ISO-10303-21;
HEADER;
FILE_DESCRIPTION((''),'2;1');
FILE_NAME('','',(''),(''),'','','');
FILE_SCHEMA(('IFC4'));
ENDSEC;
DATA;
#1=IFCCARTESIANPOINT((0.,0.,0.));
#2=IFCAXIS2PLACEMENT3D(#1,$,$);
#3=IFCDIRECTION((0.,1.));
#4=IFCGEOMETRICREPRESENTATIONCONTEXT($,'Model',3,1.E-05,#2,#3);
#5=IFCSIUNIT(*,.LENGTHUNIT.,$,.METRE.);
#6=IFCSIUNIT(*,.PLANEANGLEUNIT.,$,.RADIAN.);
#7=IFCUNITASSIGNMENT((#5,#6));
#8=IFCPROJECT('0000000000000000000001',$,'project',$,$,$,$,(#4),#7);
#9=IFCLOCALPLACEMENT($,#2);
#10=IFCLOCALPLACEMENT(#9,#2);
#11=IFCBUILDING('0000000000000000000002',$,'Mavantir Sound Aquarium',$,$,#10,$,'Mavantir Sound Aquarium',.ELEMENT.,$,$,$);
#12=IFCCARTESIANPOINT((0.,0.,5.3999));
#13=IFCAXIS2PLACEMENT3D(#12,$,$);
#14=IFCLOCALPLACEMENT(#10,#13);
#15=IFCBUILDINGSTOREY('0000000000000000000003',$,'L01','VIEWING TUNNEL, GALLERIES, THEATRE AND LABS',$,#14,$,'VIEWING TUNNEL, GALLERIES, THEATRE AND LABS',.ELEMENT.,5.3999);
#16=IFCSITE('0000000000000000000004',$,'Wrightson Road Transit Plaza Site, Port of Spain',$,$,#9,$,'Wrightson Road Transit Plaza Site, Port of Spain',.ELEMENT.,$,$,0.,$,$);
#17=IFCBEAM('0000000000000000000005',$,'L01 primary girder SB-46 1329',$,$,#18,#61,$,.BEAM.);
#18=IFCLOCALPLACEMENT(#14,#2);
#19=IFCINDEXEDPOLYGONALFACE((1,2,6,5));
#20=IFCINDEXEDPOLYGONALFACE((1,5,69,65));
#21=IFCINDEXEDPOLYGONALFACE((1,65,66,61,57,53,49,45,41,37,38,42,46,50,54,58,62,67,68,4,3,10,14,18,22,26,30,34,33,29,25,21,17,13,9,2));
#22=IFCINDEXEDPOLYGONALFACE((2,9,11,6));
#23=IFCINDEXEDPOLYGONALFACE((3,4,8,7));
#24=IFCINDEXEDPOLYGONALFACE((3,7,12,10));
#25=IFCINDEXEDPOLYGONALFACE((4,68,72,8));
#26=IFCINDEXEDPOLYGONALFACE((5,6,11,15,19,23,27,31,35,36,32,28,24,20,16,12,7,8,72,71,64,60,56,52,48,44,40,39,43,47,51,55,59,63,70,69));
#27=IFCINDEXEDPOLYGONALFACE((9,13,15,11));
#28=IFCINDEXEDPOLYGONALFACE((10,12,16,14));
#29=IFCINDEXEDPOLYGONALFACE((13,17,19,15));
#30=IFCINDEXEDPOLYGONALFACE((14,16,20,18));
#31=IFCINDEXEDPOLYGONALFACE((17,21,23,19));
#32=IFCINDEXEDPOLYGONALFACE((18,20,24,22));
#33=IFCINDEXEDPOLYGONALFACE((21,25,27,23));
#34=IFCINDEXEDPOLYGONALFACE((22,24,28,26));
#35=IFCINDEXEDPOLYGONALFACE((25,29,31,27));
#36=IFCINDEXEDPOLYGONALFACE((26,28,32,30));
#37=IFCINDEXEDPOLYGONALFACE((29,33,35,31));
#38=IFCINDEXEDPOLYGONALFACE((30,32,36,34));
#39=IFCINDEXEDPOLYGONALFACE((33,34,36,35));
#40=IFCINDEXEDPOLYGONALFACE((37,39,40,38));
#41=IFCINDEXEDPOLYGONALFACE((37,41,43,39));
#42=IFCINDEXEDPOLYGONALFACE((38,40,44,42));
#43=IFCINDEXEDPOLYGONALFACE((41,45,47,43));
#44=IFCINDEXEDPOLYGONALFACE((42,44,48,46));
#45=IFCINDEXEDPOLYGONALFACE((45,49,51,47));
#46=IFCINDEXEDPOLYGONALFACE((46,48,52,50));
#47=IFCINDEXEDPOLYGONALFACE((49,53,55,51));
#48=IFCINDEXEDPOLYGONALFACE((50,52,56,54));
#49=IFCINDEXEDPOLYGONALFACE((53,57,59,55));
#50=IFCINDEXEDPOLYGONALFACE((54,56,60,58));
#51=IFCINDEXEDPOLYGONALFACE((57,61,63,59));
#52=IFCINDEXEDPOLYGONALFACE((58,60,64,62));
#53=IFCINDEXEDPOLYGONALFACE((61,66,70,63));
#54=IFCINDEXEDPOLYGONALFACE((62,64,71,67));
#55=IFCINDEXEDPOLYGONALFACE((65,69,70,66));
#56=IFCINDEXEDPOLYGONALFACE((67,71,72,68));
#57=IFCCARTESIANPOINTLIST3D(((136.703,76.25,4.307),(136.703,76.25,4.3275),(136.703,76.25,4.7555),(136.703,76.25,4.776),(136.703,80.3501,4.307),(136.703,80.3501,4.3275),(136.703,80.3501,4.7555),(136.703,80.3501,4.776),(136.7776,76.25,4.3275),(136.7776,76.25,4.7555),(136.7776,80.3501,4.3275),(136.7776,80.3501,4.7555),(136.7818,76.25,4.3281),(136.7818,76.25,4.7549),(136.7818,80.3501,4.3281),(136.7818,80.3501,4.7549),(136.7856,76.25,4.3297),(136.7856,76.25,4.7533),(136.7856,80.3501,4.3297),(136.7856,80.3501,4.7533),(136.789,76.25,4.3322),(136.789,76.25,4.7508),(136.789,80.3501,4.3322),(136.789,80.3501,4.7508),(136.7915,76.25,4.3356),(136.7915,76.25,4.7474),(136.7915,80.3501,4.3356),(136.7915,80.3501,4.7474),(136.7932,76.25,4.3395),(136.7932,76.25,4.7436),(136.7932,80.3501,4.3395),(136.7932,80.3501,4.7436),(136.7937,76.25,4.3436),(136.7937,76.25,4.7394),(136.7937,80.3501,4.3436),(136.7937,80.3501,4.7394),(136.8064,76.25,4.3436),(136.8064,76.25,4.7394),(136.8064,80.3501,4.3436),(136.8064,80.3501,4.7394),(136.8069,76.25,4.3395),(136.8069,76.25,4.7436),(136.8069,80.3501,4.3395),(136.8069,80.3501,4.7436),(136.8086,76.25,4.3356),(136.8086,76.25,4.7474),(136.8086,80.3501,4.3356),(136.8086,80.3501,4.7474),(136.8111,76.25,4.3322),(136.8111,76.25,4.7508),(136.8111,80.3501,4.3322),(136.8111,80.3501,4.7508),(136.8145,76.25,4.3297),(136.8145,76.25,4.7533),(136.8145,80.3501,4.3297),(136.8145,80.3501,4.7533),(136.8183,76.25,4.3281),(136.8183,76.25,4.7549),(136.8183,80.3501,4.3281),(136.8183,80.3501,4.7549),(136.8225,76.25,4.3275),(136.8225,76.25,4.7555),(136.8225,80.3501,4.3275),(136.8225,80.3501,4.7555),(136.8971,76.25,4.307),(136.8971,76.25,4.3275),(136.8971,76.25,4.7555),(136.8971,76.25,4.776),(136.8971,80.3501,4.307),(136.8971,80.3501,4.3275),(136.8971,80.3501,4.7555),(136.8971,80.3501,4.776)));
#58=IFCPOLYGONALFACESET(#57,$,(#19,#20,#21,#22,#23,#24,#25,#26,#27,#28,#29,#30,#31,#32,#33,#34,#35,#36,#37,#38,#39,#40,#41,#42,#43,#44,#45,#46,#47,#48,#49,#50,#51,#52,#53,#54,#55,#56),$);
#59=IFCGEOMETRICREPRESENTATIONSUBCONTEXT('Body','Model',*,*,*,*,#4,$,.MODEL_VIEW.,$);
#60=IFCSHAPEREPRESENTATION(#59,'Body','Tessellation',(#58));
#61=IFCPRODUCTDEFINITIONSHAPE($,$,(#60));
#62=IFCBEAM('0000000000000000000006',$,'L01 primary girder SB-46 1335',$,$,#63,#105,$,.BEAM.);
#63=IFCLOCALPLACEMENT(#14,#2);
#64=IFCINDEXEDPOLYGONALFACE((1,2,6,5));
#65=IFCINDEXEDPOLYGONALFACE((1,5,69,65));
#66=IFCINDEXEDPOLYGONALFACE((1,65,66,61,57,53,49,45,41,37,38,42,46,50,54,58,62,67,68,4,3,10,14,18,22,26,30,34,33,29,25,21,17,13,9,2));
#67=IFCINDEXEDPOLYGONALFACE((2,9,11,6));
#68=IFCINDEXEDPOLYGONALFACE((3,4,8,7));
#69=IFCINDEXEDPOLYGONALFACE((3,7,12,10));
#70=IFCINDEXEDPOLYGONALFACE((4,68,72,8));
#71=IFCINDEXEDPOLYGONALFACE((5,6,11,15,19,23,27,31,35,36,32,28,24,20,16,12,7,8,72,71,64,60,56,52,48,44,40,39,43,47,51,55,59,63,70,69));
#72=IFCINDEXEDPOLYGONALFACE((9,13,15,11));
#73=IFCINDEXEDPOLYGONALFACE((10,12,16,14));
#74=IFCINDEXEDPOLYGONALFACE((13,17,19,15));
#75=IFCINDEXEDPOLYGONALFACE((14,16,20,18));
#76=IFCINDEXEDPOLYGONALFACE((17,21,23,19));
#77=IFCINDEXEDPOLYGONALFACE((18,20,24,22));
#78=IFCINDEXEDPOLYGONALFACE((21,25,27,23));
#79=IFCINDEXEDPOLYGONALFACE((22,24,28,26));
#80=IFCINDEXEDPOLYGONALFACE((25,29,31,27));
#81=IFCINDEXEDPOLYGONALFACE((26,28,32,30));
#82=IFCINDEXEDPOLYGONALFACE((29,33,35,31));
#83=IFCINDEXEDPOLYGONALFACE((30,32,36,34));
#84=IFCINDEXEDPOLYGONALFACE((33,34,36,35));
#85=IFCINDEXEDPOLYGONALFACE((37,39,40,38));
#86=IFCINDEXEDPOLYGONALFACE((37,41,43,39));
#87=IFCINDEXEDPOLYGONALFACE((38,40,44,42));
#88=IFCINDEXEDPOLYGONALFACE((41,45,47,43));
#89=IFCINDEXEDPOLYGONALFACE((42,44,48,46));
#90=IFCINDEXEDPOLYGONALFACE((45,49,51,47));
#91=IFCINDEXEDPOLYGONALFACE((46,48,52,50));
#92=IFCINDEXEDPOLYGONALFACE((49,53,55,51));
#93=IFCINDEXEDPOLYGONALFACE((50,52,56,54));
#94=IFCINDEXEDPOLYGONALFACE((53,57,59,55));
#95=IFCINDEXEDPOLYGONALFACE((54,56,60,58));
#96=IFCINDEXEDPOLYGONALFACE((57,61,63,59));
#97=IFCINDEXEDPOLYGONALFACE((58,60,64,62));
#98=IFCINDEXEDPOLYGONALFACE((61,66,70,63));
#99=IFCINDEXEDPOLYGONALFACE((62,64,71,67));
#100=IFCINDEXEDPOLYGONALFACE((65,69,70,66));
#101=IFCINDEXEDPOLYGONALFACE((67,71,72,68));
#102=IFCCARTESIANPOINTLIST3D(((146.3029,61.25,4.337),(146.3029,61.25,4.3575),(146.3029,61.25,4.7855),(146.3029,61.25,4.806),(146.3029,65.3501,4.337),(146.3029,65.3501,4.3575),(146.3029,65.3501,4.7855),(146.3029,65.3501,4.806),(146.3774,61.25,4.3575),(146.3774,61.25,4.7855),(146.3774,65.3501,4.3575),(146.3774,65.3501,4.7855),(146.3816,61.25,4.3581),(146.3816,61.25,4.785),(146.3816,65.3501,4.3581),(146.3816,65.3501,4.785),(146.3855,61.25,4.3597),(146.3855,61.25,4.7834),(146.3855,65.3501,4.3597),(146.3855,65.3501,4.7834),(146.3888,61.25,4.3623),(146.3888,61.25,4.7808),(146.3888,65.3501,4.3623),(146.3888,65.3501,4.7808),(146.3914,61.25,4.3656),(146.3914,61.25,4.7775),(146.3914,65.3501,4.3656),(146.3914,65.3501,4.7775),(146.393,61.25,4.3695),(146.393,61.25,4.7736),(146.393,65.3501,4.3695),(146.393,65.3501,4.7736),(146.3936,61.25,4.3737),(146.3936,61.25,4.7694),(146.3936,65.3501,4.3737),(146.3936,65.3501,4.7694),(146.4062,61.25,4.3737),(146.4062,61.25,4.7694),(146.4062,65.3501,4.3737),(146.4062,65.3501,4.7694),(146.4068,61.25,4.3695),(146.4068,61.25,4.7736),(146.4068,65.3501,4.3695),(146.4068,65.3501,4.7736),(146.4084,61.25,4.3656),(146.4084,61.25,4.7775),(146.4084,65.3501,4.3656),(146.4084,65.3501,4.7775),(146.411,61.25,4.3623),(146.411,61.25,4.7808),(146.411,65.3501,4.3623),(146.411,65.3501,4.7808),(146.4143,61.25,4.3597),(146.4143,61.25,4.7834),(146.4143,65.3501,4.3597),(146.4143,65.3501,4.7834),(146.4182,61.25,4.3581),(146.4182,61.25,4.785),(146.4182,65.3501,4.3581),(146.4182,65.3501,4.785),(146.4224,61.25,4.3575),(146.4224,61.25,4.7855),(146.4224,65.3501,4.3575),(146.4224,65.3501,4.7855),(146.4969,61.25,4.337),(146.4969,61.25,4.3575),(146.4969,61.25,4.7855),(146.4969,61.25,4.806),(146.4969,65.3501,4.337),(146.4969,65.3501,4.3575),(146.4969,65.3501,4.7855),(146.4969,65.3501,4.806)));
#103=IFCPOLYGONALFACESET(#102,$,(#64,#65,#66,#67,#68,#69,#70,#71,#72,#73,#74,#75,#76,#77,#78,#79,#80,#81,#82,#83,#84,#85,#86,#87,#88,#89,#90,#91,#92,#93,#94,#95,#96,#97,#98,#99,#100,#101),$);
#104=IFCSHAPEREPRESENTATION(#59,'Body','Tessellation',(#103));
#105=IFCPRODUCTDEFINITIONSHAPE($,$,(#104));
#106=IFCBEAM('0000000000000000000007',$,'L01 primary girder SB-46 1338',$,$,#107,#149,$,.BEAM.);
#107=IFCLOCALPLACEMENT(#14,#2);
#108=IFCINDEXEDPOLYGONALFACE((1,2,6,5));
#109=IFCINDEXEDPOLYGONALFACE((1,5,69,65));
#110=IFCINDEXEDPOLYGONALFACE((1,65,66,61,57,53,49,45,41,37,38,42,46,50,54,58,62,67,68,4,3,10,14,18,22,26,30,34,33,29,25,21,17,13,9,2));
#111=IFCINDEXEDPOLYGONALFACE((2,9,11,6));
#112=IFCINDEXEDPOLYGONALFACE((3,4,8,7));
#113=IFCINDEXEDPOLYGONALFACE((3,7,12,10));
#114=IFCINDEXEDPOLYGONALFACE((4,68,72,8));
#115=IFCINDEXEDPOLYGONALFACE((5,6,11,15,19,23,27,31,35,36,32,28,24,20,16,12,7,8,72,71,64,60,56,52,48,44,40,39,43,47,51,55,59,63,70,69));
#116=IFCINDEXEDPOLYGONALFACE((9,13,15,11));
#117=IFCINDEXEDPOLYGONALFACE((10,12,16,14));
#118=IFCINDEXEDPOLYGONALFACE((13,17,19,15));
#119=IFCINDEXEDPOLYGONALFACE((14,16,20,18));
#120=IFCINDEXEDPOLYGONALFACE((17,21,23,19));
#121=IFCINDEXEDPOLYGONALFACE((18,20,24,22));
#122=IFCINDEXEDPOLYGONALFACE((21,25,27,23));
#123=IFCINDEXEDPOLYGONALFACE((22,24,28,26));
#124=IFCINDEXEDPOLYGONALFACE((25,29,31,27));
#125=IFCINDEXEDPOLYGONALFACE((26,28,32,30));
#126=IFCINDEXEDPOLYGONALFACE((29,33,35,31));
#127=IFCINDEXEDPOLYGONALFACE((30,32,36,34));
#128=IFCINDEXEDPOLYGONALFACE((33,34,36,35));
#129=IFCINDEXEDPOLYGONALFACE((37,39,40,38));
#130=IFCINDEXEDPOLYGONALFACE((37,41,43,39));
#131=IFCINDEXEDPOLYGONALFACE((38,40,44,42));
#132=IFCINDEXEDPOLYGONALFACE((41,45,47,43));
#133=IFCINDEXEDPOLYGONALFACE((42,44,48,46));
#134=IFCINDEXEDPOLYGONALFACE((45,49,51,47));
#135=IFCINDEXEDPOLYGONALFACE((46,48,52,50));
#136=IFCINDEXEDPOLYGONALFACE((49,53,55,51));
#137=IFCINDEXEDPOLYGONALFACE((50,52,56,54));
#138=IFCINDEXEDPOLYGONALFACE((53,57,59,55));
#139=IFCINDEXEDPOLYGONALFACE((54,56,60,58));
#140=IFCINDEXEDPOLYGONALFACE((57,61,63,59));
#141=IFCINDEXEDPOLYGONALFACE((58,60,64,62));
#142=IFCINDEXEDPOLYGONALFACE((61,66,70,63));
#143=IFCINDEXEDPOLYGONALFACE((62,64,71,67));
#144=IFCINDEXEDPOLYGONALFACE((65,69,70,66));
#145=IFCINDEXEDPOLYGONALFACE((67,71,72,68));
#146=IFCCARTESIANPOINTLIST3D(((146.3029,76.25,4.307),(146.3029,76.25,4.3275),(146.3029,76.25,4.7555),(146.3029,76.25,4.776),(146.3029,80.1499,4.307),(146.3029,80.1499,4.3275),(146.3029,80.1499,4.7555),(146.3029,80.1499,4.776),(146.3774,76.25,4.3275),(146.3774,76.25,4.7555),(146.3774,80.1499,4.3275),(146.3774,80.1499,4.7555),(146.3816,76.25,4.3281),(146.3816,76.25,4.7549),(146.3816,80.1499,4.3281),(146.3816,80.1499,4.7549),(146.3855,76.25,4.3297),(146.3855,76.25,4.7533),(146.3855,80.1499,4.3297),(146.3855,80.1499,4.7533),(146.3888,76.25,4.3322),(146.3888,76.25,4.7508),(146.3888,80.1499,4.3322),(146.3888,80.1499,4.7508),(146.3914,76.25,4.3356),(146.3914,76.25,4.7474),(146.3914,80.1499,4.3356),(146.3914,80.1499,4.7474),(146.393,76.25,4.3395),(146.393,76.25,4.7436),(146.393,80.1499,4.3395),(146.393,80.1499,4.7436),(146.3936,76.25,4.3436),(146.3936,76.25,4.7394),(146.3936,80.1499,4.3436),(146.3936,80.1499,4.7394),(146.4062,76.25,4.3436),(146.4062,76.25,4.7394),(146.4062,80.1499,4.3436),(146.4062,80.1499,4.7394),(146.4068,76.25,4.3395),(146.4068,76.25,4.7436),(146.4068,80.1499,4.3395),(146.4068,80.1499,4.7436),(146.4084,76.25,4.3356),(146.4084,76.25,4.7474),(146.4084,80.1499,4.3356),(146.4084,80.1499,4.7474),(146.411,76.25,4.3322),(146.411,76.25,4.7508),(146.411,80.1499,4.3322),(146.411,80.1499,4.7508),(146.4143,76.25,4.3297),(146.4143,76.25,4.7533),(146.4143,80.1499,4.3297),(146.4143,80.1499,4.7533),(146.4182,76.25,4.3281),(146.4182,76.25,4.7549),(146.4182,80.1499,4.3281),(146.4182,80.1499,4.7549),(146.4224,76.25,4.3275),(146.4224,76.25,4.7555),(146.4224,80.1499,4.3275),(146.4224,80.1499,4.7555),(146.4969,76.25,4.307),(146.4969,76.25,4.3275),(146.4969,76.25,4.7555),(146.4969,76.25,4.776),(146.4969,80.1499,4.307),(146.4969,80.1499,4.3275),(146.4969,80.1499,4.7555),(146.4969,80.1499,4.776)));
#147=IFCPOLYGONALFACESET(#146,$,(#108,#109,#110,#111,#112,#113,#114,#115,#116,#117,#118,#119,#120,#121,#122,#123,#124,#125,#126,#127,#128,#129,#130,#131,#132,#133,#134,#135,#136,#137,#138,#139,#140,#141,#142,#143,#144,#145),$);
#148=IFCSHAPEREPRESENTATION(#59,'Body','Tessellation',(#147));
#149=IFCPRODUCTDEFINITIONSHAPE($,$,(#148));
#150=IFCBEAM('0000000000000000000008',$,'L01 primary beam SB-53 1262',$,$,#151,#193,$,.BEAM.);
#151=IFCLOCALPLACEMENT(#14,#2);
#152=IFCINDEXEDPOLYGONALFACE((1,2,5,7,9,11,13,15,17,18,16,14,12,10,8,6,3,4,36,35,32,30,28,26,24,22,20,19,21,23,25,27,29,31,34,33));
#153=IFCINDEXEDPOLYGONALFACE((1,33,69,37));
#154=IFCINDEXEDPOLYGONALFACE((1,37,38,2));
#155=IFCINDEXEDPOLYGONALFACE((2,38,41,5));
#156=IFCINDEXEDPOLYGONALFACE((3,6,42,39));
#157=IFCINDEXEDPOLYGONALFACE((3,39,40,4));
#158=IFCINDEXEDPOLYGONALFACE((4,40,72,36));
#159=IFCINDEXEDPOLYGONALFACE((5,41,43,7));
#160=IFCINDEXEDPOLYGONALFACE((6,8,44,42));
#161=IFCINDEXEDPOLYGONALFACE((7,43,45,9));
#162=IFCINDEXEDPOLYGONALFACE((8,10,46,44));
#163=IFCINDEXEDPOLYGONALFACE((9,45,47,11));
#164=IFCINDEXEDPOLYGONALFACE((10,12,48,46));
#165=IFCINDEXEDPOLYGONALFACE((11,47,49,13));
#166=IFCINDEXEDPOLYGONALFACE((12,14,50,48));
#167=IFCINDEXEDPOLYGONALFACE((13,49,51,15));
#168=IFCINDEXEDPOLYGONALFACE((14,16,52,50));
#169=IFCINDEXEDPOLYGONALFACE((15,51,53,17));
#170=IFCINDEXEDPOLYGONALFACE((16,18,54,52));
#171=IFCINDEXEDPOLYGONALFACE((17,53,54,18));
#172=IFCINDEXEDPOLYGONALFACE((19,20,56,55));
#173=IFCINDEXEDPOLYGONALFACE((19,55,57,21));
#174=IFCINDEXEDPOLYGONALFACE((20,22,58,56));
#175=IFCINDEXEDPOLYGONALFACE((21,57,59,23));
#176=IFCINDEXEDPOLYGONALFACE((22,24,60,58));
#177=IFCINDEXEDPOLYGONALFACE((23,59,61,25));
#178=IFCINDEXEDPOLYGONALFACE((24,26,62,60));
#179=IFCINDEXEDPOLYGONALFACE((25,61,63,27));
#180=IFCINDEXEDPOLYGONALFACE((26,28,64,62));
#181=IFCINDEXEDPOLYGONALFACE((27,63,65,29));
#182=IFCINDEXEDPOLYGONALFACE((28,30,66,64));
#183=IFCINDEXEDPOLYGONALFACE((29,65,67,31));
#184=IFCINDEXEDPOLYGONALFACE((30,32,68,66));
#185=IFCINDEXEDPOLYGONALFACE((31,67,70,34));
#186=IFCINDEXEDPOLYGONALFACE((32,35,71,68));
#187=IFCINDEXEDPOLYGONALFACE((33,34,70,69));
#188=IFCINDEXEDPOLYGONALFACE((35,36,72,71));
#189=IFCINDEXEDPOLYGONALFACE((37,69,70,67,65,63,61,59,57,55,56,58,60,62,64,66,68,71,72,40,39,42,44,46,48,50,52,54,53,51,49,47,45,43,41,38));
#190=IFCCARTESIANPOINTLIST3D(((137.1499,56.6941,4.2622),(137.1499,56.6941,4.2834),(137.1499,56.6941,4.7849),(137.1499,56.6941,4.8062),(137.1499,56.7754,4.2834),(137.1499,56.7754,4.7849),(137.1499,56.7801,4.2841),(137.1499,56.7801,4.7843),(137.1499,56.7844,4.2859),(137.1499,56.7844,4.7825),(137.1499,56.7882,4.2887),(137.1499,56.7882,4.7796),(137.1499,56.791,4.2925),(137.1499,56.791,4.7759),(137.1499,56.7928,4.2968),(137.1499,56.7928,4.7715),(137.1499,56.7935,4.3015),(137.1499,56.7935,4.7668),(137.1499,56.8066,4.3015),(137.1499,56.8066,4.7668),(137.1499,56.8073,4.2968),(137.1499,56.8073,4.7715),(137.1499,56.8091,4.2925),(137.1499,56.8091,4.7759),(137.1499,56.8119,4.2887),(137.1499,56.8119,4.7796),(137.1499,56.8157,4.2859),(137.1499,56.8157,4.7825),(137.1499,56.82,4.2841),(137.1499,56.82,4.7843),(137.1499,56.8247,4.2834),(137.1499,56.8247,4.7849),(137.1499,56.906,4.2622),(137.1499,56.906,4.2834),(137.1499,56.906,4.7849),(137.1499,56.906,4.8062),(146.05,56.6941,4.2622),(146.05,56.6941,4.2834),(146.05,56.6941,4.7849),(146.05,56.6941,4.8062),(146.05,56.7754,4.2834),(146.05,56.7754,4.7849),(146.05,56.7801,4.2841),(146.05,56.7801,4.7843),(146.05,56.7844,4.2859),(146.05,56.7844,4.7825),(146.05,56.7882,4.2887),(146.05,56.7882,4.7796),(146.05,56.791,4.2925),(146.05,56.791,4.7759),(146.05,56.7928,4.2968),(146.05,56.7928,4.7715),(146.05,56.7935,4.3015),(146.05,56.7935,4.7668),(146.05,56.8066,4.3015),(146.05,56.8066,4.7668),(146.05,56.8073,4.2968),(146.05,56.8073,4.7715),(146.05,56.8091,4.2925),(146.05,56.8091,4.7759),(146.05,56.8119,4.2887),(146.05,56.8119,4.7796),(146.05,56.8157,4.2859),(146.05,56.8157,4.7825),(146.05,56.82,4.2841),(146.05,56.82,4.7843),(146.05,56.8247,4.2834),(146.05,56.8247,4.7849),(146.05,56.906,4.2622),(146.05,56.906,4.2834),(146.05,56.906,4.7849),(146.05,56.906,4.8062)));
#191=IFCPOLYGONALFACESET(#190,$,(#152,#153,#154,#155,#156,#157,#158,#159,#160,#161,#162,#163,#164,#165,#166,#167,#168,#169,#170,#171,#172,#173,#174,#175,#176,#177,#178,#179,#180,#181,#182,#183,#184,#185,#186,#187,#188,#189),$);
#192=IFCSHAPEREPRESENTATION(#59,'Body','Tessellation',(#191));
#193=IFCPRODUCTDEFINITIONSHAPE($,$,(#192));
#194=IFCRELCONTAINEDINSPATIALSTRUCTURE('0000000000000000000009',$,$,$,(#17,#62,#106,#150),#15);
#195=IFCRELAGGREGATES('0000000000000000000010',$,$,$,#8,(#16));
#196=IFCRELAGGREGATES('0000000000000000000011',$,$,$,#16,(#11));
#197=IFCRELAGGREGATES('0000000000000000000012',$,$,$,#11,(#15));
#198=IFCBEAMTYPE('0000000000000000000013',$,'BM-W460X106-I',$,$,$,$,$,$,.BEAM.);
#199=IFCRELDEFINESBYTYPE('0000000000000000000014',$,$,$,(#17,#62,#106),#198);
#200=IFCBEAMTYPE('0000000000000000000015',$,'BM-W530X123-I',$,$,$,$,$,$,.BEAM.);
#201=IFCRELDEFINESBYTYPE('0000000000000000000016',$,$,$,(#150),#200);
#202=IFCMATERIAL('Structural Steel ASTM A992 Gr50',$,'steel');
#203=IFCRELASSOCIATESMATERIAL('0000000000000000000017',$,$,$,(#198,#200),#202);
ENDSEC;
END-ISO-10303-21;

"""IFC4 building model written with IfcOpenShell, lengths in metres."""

from ifc_helpers import new_model, si_unit, direction, frame, origin, origin_2d, place, context, subcontext, project, spatial, i_section, extrude, material, material_profile, profile_set, type_object, element, save


model = new_model("IFC4")

# Units and contexts
model_context = context("Model", 3, precision=1e-05, world=origin(), true_north=direction((0.0, 1.0)))
body_context = subcontext(model_context, "Body", "Model", "MODEL_VIEW")
ifc_project = project(units=[si_unit("LENGTHUNIT", "METRE"), si_unit("PLANEANGLEUNIT", "RADIAN")], contexts=[model_context])

# Site, building, storey
site_placement = place(None, origin())
site = spatial("IfcSite", under=ifc_project, at=site_placement, Name="Wrightson Road Transit Plaza Site, Port of Spain", LongName="Wrightson Road Transit Plaza Site, Port of Spain", CompositionType="ELEMENT", RefElevation=0.0)
building_placement = place(site_placement, origin())
building = spatial("IfcBuilding", under=site, at=building_placement, Name="Mavantir Sound Aquarium", LongName="Mavantir Sound Aquarium", CompositionType="ELEMENT")
storey_placement = place(building_placement, frame((0.0, 0.0, 5.3999)))
storey = spatial("IfcBuildingStorey", under=building, at=storey_placement, Name="L01", Description="VIEWING TUNNEL, GALLERIES, THEATRE AND LABS", LongName="VIEWING TUNNEL, GALLERIES, THEATRE AND LABS", CompositionType="ELEMENT", Elevation=5.3999)

# Beams
ifc_material_1 = material(Name="Structural Steel ASTM A992 Gr50", Category="steel")
ifc_material_profile_1 = material_profile(ifc_material_1, i_section(OverallWidth=0.1941, OverallDepth=0.469, WebThickness=0.0127, FlangeThickness=0.0205, FilletRadius=0.0161, at=origin_2d()), Name="W460X106")
ifc_profile_set_1 = profile_set([ifc_material_profile_1], Name="Structural Steel ASTM A992 Gr50")
beam_type_1 = type_object("IfcBeamType", Name="BM-W460X106-I", PredefinedType="BEAM", material=ifc_profile_set_1)
for number, where, z_axis, x_axis, name in (
    (1, (136.8, 76.25, 4.5415), (0.0, 1.0, 0.0), (-1.0, 0.0, 0.0), "L01 primary girder SB-46 1329"),
    (2, (146.3999, 61.25, 4.5715), (0.0, 1.0, 0.0), (-1.0, 0.0, 0.0), "L01 primary girder SB-46 1335"),
):
    element("IfcBeam", number, at=place(storey_placement, frame(where, z_axis=z_axis, x_axis=x_axis)), inside=storey, type_object=beam_type_1, Name=name, PredefinedType="BEAM", context=body_context, shape_type="SweptSolid", body=[
        extrude(i_section(OverallWidth=0.1941, OverallDepth=0.469, WebThickness=0.0127, FlangeThickness=0.0205, FilletRadius=0.0161, at=origin_2d()), origin(), (0.0, 0.0, 1.0), 4.1001),
    ])
beam_1_placement = place(storey_placement, frame((146.3999, 76.25, 4.5415), z_axis=(0.0, 1.0, 0.0), x_axis=(-1.0, 0.0, 0.0)))
element("IfcBeam", 3, at=beam_1_placement, inside=storey, type_object=beam_type_1, Name="L01 primary girder SB-46 1338", PredefinedType="BEAM", context=body_context, shape_type="SweptSolid", body=[
    extrude(i_section(OverallWidth=0.1941, OverallDepth=0.469, WebThickness=0.0127, FlangeThickness=0.0205, FilletRadius=0.0161, at=origin_2d()), origin(), (0.0, 0.0, 1.0), 3.8999),
])
ifc_material_profile_2 = material_profile(ifc_material_1, i_section(OverallWidth=0.2119, OverallDepth=0.5439, WebThickness=0.0132, FlangeThickness=0.0212, FilletRadius=0.0181, at=origin_2d()), Name="W530X123")
ifc_profile_set_2 = profile_set([ifc_material_profile_2], Name="Structural Steel ASTM A992 Gr50")
beam_type_2 = type_object("IfcBeamType", Name="BM-W530X123-I", PredefinedType="BEAM", material=ifc_profile_set_2)
for number, where, z_axis, x_axis, name in (
    (4, (137.1499, 56.8, 4.5342), (1.0, 0.0, 0.0), (0.0, 1.0, 0.0), "L01 primary beam SB-53 1262"),
):
    element("IfcBeam", number, at=place(storey_placement, frame(where, z_axis=z_axis, x_axis=x_axis)), inside=storey, type_object=beam_type_2, Name=name, PredefinedType="BEAM", context=body_context, shape_type="SweptSolid", body=[
        extrude(i_section(OverallWidth=0.2119, OverallDepth=0.5439, WebThickness=0.0132, FlangeThickness=0.0212, FilletRadius=0.0181, at=origin_2d()), origin(), (0.0, 0.0, 1.0), 8.9001),
    ])

save(model, "model.ifc")
